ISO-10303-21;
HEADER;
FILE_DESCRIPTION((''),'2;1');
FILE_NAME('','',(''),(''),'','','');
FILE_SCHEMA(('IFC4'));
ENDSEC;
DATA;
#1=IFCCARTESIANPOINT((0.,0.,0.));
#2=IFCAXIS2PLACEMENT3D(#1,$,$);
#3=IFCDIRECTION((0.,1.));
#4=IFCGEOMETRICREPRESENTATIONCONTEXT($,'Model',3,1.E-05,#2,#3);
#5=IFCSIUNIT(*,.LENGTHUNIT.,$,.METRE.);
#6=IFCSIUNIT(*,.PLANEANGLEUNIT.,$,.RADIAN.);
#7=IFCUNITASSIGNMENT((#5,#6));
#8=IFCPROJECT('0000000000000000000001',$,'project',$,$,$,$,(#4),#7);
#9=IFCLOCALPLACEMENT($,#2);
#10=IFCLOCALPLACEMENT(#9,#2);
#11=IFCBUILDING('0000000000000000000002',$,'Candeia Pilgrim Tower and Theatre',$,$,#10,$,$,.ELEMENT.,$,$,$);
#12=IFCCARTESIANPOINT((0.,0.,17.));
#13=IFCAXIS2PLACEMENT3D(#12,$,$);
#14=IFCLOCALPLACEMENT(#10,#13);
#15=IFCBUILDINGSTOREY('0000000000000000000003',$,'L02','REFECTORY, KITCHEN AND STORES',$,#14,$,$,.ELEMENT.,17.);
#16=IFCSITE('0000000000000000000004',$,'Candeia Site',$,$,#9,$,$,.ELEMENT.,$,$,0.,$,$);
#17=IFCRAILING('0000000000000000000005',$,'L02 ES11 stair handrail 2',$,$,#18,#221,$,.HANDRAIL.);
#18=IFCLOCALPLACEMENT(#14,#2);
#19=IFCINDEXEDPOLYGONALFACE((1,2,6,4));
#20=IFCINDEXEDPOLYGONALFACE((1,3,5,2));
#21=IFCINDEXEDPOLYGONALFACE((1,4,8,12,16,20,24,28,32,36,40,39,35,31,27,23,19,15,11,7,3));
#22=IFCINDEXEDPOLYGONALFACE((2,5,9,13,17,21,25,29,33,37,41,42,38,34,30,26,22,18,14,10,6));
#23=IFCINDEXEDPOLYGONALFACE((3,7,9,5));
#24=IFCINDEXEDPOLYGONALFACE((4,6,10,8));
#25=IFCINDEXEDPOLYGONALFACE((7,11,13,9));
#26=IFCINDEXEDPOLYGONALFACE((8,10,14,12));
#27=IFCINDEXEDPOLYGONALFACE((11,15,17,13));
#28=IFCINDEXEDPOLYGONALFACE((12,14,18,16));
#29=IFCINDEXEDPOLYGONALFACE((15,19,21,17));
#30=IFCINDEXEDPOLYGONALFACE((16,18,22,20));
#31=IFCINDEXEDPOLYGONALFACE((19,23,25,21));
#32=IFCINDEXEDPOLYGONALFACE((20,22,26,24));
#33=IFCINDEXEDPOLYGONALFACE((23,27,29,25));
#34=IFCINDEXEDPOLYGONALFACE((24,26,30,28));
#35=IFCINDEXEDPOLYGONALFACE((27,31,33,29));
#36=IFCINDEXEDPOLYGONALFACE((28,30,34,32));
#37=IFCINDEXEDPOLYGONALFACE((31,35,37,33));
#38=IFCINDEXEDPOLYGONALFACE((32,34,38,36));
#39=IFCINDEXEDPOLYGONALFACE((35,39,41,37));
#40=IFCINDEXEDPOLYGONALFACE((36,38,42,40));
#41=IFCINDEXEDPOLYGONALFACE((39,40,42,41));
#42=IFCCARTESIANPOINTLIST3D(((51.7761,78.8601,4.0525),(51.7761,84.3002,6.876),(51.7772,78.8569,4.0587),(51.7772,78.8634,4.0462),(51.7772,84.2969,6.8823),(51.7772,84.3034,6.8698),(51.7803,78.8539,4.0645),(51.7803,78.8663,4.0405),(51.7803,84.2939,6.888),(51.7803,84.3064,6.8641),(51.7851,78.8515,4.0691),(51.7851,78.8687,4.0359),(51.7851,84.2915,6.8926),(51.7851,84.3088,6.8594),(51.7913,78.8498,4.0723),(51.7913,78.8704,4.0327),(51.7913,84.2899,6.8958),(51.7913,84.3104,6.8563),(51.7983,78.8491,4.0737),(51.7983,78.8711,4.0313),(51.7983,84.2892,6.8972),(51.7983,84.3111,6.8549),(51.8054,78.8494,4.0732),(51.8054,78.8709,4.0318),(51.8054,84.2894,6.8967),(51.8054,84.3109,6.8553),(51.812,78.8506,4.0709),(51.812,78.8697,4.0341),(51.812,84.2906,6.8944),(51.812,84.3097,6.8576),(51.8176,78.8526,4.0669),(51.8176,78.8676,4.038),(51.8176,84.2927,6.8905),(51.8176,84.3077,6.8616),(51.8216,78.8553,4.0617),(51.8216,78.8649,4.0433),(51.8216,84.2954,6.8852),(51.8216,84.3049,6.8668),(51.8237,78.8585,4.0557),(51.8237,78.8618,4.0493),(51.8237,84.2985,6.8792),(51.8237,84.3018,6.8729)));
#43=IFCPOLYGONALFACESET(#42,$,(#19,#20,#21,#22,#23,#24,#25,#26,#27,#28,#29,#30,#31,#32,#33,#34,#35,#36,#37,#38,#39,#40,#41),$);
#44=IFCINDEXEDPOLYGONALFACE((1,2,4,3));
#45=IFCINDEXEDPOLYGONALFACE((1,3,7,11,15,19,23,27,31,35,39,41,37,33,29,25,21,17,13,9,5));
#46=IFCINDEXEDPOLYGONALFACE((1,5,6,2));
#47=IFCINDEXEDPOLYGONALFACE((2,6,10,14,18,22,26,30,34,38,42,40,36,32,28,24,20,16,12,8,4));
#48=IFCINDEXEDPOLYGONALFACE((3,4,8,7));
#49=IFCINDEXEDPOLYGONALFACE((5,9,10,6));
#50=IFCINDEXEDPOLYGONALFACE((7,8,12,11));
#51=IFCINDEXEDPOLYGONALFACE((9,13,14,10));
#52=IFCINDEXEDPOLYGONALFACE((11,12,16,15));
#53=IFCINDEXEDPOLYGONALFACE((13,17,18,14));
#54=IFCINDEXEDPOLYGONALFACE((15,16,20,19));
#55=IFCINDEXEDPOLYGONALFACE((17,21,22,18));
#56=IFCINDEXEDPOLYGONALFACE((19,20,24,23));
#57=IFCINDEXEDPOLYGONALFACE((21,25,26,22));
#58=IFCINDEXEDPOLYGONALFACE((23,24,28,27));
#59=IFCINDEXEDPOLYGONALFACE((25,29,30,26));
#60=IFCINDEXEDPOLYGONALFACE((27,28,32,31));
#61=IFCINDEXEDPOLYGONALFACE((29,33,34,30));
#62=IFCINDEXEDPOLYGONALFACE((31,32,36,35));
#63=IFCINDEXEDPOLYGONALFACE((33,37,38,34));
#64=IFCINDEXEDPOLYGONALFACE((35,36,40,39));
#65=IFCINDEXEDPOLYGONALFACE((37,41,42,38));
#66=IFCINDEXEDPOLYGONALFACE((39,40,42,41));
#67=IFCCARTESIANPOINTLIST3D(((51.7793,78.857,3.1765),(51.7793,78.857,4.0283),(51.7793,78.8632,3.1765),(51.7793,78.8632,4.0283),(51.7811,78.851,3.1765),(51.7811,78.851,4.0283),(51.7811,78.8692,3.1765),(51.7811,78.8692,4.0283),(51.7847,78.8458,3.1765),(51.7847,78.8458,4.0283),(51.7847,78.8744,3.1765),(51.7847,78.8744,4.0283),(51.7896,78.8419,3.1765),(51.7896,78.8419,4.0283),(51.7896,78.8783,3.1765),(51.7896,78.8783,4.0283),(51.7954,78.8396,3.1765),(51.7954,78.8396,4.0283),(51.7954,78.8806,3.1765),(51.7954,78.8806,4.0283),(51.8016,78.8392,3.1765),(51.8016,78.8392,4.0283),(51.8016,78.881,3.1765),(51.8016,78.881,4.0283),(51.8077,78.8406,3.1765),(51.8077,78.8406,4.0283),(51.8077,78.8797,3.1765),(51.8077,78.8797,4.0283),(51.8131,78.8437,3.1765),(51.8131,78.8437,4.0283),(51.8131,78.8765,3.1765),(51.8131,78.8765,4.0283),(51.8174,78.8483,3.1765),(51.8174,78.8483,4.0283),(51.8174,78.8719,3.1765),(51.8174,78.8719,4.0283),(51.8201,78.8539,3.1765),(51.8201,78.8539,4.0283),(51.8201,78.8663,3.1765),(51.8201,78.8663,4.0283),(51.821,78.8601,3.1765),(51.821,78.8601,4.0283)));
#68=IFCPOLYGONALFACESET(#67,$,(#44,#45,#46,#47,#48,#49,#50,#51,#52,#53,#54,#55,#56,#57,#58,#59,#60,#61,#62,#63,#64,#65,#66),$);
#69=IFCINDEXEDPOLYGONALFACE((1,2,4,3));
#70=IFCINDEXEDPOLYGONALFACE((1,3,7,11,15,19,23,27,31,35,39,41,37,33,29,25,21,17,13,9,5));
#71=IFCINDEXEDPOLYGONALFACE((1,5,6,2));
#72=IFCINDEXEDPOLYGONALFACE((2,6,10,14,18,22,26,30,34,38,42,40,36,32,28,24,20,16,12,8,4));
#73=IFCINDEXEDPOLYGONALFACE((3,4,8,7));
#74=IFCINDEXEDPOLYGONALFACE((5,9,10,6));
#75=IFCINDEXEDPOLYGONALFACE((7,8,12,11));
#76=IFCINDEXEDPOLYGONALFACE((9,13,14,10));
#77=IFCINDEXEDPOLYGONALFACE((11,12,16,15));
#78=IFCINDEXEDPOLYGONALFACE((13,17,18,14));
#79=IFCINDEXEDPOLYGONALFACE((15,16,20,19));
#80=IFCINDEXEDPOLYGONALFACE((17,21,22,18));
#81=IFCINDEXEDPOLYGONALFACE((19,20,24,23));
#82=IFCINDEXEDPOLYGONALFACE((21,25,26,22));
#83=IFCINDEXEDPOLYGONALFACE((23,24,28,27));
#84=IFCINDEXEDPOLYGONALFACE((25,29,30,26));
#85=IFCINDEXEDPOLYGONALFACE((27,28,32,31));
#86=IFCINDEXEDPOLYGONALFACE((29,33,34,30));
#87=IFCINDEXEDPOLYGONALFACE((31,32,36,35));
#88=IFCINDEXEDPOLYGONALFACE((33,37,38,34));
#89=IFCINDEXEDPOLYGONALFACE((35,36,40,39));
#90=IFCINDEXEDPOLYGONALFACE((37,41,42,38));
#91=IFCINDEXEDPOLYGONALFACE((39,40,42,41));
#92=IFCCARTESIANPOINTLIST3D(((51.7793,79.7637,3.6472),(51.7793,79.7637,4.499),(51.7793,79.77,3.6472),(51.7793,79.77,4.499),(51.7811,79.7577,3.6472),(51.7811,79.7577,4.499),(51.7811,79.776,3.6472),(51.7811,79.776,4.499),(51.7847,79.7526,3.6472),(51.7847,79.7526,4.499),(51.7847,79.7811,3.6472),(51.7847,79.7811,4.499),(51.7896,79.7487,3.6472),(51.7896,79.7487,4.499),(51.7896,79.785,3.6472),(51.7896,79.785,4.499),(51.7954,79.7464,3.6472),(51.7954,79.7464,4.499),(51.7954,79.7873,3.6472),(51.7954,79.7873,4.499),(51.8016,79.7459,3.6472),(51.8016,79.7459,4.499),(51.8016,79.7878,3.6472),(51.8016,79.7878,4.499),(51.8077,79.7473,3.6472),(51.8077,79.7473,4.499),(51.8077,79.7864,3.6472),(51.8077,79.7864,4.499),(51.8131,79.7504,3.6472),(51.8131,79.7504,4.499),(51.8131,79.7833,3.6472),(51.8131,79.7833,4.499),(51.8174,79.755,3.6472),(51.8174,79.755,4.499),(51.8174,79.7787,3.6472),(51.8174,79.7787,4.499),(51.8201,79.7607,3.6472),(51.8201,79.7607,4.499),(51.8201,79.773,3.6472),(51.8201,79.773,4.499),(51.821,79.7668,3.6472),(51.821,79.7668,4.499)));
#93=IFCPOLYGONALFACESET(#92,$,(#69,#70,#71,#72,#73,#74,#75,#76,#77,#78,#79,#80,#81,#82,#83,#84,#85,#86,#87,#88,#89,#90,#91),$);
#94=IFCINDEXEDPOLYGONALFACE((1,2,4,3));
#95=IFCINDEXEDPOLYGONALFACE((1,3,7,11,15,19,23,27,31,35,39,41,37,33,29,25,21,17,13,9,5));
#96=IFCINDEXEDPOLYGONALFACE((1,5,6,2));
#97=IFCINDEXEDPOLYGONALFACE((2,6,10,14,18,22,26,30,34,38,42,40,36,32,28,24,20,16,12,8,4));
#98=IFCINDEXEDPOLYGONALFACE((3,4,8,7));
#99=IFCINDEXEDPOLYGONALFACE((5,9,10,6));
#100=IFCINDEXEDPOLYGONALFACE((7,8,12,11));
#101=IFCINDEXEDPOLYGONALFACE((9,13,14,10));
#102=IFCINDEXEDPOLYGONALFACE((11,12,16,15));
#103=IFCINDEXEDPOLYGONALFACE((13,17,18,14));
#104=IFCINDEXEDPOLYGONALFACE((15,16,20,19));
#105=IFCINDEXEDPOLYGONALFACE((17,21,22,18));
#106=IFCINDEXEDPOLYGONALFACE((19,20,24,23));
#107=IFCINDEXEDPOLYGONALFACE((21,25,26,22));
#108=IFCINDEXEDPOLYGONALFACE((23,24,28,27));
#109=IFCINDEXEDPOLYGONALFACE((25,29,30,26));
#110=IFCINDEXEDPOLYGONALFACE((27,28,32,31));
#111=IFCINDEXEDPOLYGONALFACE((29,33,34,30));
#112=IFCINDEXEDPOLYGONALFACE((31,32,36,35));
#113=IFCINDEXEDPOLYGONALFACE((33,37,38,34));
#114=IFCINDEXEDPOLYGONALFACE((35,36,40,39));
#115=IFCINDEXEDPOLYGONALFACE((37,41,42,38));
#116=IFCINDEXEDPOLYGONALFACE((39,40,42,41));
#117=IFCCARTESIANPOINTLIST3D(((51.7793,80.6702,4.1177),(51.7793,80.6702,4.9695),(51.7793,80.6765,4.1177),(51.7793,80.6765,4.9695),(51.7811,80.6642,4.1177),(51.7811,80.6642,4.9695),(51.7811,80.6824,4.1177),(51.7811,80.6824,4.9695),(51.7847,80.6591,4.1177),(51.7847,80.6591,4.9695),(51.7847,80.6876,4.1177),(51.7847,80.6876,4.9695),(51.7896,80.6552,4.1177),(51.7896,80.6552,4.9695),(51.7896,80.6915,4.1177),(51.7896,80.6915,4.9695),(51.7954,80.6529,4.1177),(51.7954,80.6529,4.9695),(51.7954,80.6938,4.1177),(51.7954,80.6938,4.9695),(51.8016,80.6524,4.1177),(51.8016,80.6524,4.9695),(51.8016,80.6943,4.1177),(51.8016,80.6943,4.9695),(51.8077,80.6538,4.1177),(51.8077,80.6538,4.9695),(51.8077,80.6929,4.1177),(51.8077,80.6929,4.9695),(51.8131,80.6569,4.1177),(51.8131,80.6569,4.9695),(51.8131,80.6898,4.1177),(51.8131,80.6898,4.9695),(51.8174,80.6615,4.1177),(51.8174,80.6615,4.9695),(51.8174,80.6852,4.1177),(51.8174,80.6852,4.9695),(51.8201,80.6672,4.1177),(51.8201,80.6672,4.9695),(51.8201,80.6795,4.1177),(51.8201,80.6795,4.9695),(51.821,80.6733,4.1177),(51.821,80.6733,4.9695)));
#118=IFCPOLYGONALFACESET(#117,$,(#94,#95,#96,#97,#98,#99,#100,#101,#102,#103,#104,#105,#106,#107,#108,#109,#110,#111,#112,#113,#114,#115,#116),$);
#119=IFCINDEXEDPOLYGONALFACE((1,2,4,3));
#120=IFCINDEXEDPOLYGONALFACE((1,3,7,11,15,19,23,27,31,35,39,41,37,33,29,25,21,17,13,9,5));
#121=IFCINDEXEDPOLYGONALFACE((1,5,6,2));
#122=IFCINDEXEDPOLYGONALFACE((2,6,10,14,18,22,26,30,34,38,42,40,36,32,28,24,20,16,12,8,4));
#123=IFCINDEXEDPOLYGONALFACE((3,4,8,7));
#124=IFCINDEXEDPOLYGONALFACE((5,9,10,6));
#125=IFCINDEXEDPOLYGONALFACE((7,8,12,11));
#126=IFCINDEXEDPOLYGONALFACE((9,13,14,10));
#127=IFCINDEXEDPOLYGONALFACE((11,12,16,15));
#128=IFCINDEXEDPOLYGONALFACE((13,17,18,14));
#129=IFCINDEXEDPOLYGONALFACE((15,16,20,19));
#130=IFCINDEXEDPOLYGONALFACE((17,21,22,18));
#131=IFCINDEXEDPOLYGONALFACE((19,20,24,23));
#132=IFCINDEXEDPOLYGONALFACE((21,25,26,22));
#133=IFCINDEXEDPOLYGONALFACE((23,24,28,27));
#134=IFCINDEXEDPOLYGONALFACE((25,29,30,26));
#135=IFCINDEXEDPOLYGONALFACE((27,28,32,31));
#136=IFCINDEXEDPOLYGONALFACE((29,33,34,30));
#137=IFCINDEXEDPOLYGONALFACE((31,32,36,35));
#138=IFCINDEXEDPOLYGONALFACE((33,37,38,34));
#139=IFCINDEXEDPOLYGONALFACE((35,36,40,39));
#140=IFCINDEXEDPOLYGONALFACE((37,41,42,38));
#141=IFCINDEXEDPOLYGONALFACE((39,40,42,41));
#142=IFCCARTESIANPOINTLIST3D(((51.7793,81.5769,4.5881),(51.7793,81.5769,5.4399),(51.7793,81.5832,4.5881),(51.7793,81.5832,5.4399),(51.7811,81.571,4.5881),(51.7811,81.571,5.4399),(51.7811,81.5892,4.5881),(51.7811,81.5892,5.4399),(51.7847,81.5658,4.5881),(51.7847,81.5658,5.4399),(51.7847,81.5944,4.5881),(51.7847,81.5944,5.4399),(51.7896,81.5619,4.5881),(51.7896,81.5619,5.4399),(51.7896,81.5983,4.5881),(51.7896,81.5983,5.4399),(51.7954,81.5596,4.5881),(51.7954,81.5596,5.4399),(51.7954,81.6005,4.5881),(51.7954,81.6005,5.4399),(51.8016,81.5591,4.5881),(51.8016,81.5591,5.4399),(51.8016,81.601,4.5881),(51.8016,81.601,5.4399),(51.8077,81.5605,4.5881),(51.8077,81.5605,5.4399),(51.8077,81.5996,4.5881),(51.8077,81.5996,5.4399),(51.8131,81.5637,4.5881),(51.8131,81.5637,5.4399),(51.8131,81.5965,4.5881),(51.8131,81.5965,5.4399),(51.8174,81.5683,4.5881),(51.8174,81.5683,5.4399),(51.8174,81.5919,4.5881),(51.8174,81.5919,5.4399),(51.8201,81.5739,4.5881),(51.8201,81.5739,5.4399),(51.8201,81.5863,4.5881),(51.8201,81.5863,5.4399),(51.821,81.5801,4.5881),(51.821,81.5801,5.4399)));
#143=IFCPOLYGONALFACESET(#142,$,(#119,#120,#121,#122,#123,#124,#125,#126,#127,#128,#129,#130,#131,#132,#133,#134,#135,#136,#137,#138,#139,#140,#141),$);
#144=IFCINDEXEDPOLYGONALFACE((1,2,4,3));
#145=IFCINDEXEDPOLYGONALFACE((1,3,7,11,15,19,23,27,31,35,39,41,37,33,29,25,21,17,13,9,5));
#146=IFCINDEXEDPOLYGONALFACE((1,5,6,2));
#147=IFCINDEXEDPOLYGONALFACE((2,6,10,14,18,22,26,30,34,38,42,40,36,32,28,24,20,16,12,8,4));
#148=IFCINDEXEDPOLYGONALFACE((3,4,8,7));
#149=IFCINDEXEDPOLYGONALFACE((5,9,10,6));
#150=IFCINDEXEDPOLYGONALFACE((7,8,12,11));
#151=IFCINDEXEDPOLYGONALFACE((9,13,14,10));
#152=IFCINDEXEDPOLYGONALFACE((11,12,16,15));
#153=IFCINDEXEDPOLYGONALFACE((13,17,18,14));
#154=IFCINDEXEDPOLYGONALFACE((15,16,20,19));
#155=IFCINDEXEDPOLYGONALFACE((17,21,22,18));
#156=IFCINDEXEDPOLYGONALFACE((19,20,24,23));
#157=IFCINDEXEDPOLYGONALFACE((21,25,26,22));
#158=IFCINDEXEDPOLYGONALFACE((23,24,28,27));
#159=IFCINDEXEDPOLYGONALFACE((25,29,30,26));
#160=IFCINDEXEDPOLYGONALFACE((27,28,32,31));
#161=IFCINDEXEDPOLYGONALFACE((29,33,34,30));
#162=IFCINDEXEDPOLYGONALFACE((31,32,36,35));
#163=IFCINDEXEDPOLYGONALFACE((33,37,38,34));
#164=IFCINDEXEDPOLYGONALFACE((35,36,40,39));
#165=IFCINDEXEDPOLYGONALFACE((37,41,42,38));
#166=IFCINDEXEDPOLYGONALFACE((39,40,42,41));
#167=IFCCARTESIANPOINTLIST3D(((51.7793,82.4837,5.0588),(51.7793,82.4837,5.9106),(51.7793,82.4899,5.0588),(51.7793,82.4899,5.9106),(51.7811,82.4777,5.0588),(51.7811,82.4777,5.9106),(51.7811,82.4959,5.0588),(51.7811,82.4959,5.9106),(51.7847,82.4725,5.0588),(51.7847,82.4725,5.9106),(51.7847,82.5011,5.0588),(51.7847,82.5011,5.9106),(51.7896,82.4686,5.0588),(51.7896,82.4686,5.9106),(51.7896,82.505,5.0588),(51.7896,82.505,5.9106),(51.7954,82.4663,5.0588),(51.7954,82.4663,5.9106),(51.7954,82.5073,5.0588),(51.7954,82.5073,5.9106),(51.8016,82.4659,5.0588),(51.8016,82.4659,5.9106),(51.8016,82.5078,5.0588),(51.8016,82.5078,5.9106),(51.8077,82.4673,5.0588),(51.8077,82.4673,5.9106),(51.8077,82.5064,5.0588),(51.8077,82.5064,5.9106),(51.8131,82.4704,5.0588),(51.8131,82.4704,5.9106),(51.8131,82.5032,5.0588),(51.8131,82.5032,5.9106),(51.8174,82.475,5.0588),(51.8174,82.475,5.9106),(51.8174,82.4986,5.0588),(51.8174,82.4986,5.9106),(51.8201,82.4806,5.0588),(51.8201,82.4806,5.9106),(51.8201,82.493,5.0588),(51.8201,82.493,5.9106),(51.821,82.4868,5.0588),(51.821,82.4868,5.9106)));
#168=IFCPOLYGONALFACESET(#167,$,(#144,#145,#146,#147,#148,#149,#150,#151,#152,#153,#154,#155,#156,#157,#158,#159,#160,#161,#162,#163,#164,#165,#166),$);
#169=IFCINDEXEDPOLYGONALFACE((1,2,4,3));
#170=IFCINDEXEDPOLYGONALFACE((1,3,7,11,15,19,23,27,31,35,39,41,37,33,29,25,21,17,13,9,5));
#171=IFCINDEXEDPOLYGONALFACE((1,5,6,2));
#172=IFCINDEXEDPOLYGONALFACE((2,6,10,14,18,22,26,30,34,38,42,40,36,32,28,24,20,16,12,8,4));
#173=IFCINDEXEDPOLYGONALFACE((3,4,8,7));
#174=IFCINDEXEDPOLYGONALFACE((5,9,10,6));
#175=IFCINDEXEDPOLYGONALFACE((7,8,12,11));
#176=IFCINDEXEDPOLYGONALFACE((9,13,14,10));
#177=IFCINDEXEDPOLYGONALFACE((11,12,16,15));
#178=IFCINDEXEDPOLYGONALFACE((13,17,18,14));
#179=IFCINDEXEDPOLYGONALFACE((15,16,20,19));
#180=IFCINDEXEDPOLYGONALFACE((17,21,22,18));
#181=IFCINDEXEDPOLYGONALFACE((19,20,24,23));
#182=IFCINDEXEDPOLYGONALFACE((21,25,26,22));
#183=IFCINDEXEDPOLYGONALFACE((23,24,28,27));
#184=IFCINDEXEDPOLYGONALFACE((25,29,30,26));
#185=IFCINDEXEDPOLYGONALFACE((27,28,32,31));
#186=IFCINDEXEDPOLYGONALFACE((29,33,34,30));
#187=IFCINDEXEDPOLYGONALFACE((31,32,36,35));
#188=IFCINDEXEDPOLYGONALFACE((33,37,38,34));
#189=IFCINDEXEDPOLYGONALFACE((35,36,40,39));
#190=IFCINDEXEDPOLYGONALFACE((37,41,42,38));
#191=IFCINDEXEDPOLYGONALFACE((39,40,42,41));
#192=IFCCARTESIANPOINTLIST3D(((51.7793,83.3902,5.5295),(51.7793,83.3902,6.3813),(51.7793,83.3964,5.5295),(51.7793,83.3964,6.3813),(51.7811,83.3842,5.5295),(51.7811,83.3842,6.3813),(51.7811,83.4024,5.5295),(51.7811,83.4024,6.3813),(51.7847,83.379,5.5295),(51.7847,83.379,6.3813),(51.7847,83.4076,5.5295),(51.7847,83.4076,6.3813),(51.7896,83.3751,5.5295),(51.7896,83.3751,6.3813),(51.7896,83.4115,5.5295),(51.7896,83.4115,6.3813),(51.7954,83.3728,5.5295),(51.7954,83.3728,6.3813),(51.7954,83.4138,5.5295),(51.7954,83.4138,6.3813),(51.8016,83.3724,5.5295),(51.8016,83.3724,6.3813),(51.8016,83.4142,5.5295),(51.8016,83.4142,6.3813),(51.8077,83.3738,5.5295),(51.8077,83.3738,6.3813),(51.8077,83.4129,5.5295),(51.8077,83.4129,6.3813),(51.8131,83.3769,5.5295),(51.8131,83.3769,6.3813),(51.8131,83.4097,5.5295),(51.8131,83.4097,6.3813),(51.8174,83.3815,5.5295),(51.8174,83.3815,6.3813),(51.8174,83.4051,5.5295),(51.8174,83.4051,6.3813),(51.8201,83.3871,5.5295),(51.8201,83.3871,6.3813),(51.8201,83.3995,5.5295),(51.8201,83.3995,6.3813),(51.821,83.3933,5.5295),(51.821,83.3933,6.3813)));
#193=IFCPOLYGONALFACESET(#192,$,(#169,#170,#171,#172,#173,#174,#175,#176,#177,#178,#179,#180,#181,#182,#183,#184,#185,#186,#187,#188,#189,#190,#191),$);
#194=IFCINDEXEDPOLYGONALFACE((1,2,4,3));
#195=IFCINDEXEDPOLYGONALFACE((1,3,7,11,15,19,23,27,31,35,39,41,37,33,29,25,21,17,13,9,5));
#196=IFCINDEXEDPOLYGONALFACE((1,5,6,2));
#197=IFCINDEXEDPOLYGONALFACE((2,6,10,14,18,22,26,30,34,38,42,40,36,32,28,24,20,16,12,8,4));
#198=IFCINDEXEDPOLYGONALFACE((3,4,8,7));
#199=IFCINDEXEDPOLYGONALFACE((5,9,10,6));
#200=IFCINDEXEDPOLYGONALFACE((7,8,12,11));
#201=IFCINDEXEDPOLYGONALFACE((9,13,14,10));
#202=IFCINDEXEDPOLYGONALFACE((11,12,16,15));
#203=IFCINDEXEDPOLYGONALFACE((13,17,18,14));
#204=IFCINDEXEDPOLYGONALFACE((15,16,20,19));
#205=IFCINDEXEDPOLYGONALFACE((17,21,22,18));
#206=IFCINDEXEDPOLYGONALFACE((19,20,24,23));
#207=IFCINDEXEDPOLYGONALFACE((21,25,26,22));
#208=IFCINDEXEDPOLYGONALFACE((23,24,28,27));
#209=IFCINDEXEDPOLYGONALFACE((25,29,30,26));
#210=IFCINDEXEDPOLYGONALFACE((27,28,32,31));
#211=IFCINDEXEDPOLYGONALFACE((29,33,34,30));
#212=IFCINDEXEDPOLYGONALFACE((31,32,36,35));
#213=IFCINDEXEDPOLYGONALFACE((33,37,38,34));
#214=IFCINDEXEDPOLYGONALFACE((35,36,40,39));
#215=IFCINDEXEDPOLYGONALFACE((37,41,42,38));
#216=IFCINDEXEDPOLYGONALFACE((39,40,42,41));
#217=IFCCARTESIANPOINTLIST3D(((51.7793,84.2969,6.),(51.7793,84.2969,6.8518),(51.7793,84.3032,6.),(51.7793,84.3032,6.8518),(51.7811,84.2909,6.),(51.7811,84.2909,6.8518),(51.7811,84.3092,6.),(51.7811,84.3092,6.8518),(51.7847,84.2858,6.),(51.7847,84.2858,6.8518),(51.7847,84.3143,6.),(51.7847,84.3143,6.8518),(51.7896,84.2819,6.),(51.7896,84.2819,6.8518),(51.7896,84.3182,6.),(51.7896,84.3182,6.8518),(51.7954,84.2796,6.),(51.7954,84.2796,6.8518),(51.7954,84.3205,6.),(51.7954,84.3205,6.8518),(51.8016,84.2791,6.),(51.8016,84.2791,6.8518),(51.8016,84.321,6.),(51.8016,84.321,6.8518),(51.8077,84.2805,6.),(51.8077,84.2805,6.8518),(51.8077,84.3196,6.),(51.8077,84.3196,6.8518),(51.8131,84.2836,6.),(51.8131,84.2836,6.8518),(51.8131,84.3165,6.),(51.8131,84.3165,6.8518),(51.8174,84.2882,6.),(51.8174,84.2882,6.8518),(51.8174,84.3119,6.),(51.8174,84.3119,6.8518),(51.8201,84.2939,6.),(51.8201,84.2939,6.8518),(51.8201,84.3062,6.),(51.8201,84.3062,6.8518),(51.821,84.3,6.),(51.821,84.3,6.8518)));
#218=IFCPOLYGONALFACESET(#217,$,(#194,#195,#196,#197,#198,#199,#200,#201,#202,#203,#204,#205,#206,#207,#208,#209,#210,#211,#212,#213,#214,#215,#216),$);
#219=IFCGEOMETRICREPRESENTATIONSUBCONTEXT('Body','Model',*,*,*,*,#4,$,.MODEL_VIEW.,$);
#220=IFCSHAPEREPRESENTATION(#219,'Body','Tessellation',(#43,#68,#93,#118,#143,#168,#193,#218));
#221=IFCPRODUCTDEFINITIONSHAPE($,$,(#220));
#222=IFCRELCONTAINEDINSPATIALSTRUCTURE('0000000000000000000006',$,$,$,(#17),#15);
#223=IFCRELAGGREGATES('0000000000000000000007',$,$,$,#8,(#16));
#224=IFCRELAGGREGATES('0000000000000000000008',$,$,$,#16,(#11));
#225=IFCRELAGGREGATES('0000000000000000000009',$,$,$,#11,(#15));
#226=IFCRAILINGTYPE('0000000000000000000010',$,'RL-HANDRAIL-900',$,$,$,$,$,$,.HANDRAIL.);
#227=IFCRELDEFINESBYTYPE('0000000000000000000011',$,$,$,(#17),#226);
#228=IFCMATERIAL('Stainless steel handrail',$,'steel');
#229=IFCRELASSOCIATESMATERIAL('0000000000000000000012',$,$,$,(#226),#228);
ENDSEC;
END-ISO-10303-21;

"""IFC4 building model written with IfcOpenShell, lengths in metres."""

from ifc_helpers import new_model, si_unit, direction, frame, origin, origin_2d, place, context, subcontext, project, spatial, circle, extrude, material, type_object, element, save


model = new_model("IFC4")

# Units and contexts
model_context = context("Model", 3, precision=1e-05, world=origin(), true_north=direction((0.0, 1.0)))
body_context = subcontext(model_context, "Body", "Model", "MODEL_VIEW")
ifc_project = project(units=[si_unit("LENGTHUNIT", "METRE"), si_unit("PLANEANGLEUNIT", "RADIAN")], contexts=[model_context])

# Site, building, storey
site_placement = place(None, origin())
site = spatial("IfcSite", under=ifc_project, at=site_placement, Name="Candeia Site", CompositionType="ELEMENT", RefElevation=0.0)
building_placement = place(site_placement, origin())
building = spatial("IfcBuilding", under=site, at=building_placement, Name="Candeia Pilgrim Tower and Theatre", CompositionType="ELEMENT")
storey_placement = place(building_placement, frame((0.0, 0.0, 17.0)))
storey = spatial("IfcBuildingStorey", under=building, at=storey_placement, Name="L02", Description="REFECTORY, KITCHEN AND STORES", CompositionType="ELEMENT", Elevation=17.0)

# Railing
ifc_material_1 = material(Name="Stainless steel handrail", Category="steel")
railing_type_1 = type_object("IfcRailingType", Name="RL-HANDRAIL-900", PredefinedType="HANDRAIL", material=ifc_material_1)
railing_1_placement = place(storey_placement, frame((51.8, 78.8601, 3.1765)))
element("IfcRailing", 1, at=railing_1_placement, inside=storey, type_object=railing_type_1, Name="L02 ES11 stair handrail 2", PredefinedType="HANDRAIL", context=body_context, shape_type="SweptSolid", body=[
    extrude(circle(Radius=0.0239, at=origin_2d()), frame((0.0, 0.0, 0.876), z_axis=(0.0, 0.887569, 0.460674), x_axis=(-1.0, 0.0, 0.0)), (0.0, 0.0, 1.0), 6.1292),
    extrude(circle(Radius=0.021, at=origin_2d()), origin(), (0.0, 0.0, 1.0), 0.8518),
    extrude(circle(Radius=0.021, at=origin_2d()), frame((0.0, 0.9067, 0.4707)), (0.0, 0.0, 1.0), 0.8518),
    extrude(circle(Radius=0.021, at=origin_2d()), frame((0.0, 1.8132, 0.9412)), (0.0, 0.0, 1.0), 0.8518),
    extrude(circle(Radius=0.021, at=origin_2d()), frame((0.0, 2.72, 1.4116)), (0.0, 0.0, 1.0), 0.8518),
    extrude(circle(Radius=0.021, at=origin_2d()), frame((0.0, 3.6267, 1.8823)), (0.0, 0.0, 1.0), 0.8518),
    extrude(circle(Radius=0.021, at=origin_2d()), frame((0.0, 4.5332, 2.353)), (0.0, 0.0, 1.0), 0.8518),
    extrude(circle(Radius=0.021, at=origin_2d()), frame((0.0, 5.4399, 2.8235)), (0.0, 0.0, 1.0), 0.8518),
])

save(model, "model.ifc")
